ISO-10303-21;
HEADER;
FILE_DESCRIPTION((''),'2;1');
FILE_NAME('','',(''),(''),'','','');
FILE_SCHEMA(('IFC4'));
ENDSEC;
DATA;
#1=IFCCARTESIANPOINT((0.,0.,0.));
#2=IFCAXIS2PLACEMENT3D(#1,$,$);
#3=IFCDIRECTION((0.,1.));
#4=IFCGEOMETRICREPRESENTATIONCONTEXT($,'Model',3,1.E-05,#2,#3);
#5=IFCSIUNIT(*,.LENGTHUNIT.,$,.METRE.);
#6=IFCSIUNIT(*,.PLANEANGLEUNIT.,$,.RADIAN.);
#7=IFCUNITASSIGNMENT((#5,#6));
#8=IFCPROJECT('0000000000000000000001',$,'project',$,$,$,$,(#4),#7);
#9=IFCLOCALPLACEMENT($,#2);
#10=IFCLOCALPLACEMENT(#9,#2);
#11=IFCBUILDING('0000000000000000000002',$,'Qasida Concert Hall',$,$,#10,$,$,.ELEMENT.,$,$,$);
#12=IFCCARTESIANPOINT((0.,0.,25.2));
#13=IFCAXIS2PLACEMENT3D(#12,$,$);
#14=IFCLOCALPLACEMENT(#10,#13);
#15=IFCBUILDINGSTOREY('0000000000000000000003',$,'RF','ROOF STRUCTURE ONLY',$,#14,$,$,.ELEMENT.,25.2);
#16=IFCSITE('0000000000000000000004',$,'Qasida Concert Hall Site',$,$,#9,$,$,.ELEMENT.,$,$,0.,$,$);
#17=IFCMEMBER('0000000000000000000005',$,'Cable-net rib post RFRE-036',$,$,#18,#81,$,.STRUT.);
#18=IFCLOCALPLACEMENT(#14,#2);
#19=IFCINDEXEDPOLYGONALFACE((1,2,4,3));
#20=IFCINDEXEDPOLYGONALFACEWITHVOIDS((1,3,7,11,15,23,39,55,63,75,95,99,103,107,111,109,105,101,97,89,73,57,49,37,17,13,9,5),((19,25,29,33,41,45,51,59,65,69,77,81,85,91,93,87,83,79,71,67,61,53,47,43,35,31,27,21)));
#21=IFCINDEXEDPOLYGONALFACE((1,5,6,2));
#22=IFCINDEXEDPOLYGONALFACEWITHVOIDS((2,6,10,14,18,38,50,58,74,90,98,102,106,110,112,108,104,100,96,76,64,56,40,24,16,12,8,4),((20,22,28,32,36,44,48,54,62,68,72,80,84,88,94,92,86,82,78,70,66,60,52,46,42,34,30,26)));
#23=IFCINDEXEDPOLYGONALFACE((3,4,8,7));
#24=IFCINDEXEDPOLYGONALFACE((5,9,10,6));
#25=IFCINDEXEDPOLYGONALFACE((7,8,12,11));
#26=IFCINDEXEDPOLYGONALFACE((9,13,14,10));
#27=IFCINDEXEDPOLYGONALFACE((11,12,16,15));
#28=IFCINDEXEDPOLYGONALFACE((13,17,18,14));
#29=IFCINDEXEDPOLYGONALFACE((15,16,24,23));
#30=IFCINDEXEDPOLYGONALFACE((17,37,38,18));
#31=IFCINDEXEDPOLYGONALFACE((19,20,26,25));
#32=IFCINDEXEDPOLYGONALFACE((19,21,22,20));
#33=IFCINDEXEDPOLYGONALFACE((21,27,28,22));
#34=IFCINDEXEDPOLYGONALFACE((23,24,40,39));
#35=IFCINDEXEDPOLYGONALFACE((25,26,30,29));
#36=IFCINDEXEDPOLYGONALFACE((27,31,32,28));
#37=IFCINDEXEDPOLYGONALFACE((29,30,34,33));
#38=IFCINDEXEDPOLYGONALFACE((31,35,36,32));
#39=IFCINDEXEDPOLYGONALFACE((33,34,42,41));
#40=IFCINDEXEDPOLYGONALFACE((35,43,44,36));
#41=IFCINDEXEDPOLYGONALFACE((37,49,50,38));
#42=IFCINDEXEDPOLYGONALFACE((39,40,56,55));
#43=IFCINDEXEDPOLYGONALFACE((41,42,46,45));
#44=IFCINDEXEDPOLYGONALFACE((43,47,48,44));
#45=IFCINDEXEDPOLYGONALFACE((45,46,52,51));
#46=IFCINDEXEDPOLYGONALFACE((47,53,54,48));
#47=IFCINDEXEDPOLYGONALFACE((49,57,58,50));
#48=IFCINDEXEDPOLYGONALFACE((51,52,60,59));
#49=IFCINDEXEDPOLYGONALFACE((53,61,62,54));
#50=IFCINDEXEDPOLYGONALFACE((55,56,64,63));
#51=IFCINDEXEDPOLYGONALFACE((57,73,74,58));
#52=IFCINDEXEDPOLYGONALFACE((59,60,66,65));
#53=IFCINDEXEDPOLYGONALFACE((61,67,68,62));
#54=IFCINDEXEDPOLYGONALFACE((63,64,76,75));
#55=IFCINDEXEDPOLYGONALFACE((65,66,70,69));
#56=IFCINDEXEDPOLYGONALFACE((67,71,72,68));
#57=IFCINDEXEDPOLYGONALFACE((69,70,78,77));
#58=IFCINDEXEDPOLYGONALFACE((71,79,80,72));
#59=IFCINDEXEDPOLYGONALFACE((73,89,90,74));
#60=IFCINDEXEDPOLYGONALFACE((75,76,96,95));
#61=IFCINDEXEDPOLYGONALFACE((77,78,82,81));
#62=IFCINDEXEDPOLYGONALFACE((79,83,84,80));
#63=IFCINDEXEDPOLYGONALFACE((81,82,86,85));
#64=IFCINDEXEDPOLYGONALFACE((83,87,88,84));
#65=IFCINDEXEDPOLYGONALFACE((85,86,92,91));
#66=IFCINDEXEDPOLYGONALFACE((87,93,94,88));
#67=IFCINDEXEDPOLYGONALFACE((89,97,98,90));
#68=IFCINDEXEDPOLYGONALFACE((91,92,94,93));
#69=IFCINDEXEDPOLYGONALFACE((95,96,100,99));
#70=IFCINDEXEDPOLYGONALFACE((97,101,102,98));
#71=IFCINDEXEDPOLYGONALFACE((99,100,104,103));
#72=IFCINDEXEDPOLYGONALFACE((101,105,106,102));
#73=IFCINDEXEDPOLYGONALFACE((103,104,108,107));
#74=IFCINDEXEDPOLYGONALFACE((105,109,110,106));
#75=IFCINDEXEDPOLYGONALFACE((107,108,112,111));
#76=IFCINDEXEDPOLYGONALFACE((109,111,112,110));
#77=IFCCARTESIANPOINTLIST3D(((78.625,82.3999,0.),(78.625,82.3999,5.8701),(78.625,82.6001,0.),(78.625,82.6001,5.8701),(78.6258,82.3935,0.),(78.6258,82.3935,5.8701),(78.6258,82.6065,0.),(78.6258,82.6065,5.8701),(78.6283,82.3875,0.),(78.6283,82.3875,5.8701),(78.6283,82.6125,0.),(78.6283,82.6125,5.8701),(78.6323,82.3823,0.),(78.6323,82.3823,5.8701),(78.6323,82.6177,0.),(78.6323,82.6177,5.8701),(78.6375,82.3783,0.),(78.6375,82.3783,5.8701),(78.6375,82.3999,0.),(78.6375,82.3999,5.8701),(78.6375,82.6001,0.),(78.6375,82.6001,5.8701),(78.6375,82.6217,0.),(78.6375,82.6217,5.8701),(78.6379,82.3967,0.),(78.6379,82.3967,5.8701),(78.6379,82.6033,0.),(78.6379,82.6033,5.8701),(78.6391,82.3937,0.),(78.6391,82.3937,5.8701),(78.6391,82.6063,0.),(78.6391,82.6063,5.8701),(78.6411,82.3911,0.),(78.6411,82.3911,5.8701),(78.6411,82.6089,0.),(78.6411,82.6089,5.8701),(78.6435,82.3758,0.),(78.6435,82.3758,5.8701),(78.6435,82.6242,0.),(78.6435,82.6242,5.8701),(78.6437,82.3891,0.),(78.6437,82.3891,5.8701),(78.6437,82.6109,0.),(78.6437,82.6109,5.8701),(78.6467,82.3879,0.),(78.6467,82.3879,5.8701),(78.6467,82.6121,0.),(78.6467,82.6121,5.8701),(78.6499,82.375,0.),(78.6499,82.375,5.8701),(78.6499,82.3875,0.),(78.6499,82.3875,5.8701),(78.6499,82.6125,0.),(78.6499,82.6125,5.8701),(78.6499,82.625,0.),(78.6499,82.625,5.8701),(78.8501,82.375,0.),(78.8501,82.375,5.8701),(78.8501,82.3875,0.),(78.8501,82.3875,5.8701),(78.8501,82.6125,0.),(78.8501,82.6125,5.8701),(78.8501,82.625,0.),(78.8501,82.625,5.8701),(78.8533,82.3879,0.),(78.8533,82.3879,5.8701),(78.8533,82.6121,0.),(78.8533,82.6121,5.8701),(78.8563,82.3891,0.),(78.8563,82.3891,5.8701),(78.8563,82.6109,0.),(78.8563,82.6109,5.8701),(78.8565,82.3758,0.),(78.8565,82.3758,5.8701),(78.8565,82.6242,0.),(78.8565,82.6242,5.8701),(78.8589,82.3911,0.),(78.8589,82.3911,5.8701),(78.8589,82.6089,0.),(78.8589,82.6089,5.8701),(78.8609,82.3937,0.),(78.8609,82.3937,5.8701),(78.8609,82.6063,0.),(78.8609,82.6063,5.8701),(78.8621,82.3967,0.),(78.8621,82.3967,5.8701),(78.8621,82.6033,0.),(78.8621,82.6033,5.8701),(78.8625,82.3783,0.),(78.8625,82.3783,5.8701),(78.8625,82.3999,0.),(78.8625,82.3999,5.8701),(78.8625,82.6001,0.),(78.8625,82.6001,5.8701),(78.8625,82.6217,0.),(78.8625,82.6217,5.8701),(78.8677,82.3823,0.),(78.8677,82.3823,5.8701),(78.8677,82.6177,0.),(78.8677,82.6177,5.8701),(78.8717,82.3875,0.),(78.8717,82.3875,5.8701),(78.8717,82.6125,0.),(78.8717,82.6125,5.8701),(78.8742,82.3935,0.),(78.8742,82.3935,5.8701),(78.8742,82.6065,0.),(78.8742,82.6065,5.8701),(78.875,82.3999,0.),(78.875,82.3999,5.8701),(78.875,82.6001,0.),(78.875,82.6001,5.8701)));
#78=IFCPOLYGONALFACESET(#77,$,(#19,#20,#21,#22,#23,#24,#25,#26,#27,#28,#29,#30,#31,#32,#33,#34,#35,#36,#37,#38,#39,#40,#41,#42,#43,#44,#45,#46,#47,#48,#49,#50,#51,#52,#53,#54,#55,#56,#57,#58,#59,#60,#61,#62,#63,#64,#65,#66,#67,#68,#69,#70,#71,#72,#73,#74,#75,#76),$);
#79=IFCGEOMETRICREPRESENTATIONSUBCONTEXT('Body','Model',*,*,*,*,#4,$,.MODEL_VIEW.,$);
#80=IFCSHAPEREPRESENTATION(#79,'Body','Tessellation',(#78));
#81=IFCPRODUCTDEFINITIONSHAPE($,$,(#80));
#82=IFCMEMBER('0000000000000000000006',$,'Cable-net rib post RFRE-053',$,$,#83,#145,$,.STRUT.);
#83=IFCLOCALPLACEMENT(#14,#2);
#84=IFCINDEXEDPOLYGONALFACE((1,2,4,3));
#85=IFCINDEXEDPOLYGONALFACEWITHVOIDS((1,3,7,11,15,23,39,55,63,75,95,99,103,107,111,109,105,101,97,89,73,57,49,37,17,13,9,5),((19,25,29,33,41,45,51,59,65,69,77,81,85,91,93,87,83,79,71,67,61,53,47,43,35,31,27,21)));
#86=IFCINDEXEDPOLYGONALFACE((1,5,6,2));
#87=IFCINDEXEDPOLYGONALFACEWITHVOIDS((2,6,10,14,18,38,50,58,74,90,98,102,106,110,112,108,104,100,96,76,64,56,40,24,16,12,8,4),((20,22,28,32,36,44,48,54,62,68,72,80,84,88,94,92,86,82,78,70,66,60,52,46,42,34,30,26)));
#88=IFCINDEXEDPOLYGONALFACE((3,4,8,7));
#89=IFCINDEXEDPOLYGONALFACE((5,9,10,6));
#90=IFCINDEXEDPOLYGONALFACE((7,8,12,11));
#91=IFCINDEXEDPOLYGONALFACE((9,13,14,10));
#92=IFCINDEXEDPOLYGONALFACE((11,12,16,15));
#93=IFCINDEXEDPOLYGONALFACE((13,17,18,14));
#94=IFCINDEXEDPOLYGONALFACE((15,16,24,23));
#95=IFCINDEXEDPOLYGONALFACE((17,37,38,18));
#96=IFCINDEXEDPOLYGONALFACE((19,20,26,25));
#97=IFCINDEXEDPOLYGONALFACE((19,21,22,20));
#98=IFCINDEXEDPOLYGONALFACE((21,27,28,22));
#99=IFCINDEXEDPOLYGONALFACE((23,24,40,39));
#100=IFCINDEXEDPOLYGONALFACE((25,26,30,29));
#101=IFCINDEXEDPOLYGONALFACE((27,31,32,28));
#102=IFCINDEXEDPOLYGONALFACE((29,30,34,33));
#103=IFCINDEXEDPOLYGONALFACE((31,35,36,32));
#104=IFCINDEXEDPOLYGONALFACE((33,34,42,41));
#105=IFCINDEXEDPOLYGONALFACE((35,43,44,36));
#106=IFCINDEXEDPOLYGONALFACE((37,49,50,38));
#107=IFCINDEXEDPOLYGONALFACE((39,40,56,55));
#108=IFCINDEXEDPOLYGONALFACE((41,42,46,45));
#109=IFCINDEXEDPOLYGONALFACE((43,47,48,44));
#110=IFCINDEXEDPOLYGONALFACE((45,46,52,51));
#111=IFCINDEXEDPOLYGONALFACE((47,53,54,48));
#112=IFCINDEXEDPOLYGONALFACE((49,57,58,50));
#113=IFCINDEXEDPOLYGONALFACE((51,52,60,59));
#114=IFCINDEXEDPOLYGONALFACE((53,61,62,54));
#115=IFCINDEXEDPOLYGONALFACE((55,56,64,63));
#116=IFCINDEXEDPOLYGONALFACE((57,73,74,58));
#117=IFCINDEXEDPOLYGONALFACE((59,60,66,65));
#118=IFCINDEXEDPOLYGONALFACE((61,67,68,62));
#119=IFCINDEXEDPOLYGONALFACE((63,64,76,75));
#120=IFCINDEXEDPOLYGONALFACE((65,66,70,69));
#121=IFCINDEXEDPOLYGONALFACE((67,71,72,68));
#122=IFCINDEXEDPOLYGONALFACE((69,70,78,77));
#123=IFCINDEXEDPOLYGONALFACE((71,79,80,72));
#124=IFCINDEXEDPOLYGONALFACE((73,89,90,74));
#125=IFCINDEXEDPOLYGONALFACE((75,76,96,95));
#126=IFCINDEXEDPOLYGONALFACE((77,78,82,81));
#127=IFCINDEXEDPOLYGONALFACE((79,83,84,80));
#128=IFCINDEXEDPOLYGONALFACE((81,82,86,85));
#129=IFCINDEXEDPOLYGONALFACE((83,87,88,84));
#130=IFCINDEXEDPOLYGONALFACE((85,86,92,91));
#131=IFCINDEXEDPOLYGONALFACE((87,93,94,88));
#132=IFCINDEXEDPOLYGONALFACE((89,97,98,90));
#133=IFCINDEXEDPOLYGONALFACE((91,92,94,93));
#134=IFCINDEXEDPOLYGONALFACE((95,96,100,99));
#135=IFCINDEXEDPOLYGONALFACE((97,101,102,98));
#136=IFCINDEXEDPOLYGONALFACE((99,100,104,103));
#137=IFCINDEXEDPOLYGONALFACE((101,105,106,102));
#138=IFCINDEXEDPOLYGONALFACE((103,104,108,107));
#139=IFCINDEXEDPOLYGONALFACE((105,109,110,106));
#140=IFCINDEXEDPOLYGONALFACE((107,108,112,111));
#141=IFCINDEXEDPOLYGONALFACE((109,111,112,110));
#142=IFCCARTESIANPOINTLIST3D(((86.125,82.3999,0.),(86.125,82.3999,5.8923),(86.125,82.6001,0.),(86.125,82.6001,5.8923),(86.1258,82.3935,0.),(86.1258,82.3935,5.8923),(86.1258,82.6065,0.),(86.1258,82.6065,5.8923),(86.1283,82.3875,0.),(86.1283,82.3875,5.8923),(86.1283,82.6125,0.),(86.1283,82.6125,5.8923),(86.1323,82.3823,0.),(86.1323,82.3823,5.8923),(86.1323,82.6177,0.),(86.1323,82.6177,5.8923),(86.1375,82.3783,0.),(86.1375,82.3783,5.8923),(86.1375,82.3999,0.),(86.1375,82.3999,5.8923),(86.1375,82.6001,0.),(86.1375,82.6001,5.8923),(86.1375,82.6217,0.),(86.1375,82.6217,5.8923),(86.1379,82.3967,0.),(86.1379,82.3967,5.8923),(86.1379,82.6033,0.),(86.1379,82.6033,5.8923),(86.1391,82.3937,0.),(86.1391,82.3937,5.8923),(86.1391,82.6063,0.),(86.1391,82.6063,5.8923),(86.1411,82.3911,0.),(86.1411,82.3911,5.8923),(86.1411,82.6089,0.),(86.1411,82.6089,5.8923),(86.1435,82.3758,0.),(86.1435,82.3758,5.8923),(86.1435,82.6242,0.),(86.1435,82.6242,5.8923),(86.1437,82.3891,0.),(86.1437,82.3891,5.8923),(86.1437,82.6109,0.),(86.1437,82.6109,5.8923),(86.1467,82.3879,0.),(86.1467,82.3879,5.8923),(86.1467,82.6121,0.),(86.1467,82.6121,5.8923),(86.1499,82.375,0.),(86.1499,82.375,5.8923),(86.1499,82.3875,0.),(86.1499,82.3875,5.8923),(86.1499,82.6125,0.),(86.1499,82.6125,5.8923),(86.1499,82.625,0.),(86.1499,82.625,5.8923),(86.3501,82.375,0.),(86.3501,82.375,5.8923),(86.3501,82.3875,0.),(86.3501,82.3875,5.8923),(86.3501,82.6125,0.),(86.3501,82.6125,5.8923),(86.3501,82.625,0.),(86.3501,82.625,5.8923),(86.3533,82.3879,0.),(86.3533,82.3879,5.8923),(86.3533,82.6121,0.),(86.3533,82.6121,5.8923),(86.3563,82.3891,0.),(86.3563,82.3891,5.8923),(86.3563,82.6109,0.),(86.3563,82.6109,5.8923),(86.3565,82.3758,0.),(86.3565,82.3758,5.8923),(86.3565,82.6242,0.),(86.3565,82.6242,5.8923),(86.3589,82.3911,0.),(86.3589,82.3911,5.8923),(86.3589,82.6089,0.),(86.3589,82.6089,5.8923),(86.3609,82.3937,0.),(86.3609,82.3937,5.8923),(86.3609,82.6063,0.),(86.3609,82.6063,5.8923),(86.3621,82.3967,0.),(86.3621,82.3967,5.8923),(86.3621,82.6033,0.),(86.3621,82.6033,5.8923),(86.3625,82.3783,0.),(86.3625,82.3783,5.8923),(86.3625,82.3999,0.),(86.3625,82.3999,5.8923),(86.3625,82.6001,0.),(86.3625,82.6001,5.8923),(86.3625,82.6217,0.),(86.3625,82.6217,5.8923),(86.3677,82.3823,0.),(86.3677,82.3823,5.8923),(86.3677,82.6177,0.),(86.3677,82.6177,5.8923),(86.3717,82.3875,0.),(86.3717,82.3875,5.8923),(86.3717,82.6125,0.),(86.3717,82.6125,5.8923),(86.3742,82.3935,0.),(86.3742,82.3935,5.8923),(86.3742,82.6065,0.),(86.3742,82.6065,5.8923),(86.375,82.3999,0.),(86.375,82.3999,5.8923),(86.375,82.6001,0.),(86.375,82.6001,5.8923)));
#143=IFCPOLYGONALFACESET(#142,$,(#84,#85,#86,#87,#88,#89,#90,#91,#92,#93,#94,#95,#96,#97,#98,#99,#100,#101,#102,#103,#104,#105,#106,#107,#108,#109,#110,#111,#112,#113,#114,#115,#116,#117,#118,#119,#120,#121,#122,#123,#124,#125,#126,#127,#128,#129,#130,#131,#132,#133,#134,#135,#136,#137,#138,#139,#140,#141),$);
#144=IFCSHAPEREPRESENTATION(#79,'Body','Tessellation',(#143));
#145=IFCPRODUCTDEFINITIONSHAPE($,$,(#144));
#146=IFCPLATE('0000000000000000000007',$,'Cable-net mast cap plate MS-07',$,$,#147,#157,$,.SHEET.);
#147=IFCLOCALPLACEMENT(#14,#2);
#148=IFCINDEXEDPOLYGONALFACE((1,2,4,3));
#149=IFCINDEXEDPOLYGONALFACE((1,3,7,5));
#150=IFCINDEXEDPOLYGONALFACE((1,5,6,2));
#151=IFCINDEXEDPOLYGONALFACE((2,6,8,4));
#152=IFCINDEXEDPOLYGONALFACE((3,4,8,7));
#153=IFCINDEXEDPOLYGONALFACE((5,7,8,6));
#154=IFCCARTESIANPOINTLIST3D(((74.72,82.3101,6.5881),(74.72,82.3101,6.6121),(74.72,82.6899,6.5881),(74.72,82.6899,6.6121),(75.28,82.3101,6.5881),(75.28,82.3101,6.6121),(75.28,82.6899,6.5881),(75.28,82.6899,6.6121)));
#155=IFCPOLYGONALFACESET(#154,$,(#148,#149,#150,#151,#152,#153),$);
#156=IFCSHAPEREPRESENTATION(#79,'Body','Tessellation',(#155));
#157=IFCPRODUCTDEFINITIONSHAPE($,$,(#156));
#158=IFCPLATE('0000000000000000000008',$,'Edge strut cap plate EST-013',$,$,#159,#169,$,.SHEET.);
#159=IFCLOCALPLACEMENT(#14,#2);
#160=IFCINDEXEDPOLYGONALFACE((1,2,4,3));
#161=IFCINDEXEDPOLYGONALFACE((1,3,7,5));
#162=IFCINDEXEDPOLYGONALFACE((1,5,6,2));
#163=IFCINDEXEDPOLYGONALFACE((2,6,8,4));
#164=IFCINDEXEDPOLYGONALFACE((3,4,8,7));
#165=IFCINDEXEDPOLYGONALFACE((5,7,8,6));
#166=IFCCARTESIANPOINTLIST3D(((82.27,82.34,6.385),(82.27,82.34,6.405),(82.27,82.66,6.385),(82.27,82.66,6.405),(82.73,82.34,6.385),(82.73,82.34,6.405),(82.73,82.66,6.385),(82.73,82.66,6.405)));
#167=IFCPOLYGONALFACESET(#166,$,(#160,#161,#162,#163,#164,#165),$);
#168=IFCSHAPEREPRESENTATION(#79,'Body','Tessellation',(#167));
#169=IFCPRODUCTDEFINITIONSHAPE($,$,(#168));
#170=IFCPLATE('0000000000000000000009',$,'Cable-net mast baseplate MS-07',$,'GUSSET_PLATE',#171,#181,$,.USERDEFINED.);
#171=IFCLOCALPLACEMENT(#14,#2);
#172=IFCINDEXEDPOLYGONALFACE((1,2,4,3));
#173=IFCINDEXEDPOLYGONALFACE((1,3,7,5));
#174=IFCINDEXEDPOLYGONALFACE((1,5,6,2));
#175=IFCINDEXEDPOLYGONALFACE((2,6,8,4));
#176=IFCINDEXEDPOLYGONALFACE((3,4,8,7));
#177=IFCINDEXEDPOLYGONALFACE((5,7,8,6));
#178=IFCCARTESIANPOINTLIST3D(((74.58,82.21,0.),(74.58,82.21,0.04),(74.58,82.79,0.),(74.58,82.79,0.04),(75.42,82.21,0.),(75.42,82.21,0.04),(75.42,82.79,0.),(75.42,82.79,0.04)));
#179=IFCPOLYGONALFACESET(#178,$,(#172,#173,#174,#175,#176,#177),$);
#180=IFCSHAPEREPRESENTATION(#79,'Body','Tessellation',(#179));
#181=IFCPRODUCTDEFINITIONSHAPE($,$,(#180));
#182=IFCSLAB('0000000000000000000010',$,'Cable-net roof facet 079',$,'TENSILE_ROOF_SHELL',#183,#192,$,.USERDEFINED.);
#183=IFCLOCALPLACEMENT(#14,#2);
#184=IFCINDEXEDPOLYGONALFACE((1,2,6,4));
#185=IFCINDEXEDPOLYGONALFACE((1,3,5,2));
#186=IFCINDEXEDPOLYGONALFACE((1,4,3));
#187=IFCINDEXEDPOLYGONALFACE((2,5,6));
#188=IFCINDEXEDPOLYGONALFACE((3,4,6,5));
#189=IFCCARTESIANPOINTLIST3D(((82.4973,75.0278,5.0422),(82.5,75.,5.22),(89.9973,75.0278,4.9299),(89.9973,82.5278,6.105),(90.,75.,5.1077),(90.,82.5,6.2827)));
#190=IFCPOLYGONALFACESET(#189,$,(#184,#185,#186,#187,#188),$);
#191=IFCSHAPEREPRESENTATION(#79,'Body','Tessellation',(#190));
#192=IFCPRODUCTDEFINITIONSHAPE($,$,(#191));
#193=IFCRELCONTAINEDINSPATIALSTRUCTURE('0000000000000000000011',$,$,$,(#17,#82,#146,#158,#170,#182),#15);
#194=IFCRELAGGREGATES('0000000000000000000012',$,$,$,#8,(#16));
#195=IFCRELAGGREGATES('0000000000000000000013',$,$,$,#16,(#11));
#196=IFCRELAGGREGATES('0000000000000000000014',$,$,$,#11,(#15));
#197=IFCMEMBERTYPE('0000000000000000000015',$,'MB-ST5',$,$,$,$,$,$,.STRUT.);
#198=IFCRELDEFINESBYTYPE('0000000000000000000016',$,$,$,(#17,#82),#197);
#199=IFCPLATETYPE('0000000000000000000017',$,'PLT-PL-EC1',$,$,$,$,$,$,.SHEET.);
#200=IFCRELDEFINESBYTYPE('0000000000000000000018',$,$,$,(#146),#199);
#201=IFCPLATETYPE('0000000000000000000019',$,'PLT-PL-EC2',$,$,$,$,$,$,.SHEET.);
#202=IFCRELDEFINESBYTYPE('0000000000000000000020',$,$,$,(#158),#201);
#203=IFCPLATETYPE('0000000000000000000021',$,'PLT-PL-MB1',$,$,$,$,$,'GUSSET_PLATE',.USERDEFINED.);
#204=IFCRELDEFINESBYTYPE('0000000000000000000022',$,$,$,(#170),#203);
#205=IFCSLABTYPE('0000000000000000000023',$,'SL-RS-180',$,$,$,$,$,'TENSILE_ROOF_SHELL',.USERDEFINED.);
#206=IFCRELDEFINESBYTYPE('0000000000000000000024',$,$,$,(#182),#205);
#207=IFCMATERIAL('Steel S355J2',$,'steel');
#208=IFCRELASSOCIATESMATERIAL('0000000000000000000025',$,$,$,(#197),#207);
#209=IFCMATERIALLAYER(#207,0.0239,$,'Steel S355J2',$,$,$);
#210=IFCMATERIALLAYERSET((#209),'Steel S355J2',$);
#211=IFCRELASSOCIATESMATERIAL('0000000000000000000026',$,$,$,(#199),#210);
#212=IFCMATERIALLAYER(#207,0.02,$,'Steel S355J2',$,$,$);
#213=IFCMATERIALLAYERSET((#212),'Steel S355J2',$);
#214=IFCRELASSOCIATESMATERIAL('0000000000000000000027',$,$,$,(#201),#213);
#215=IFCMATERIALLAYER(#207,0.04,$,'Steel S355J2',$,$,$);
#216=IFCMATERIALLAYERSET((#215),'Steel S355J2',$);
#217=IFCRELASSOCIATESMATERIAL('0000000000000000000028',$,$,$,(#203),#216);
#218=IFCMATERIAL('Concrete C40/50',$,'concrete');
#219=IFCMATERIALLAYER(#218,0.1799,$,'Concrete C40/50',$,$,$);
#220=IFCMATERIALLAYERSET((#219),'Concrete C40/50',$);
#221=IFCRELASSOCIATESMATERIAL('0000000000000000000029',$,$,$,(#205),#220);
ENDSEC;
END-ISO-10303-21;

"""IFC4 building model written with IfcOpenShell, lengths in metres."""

from ifc_helpers import new_model, si_unit, direction, frame, origin, origin_2d, place, context, subcontext, project, spatial, polyline, rectangle, hollow_rectangle, outline, extrude, material, layer, layer_set, material_profile, profile_set, type_object, element, save


model = new_model("IFC4")

# Units and contexts
model_context = context("Model", 3, precision=1e-05, world=origin(), true_north=direction((0.0, 1.0)))
body_context = subcontext(model_context, "Body", "Model", "MODEL_VIEW")
ifc_project = project(units=[si_unit("LENGTHUNIT", "METRE"), si_unit("PLANEANGLEUNIT", "RADIAN")], contexts=[model_context])

# Site, building, storey
site_placement = place(None, origin())
site = spatial("IfcSite", under=ifc_project, at=site_placement, Name="Qasida Concert Hall Site", CompositionType="ELEMENT", RefElevation=0.0)
building_placement = place(site_placement, origin())
building = spatial("IfcBuilding", under=site, at=building_placement, Name="Qasida Concert Hall", CompositionType="ELEMENT")
storey_placement = place(building_placement, frame((0.0, 0.0, 25.2)))
storey = spatial("IfcBuildingStorey", under=building, at=storey_placement, Name="RF", Description="ROOF STRUCTURE ONLY", CompositionType="ELEMENT", Elevation=25.2)

# Members
ifc_material_1 = material(Name="Steel S355J2", Category="steel")
ifc_material_profile_1 = material_profile(ifc_material_1, hollow_rectangle(XDim=0.25, YDim=0.25, WallThickness=0.0125, InnerFilletRadius=0.0125, OuterFilletRadius=0.0249, at=origin_2d()), Name="SHS 250x250x12.5")
ifc_profile_set_1 = profile_set([ifc_material_profile_1], Name="Steel S355J2")
member_type_1 = type_object("IfcMemberType", Name="MB-ST5", PredefinedType="STRUT", material=ifc_profile_set_1)
member_1_placement = place(storey_placement, frame((78.75, 82.5, 0.0), z_axis=(0.0, 0.0, 1.0), x_axis=(1.0, 0.0, 0.0)))
element("IfcMember", 1, at=member_1_placement, inside=storey, type_object=member_type_1, Name="Cable-net rib post RFRE-036", PredefinedType="STRUT", context=body_context, shape_type="SweptSolid", body=[
    extrude(hollow_rectangle(XDim=0.25, YDim=0.25, WallThickness=0.0125, InnerFilletRadius=0.0125, OuterFilletRadius=0.0249, at=origin_2d()), origin(), (0.0, 0.0, 1.0), 5.8701),
])
member_2_placement = place(storey_placement, frame((86.25, 82.5, 0.0), z_axis=(0.0, 0.0, 1.0), x_axis=(1.0, 0.0, 0.0)))
element("IfcMember", 2, at=member_2_placement, inside=storey, type_object=member_type_1, Name="Cable-net rib post RFRE-053", PredefinedType="STRUT", context=body_context, shape_type="SweptSolid", body=[
    extrude(hollow_rectangle(XDim=0.25, YDim=0.25, WallThickness=0.0125, InnerFilletRadius=0.0125, OuterFilletRadius=0.0249, at=origin_2d()), origin(), (0.0, 0.0, 1.0), 5.8923),
])

# Plates
ifc_layer_1 = layer(ifc_material_1, 0.0239, Name="Steel S355J2")
ifc_layer_set_1 = layer_set([ifc_layer_1], Name="Steel S355J2")
plate_type_1 = type_object("IfcPlateType", Name="PLT-PL-EC1", PredefinedType="SHEET", material=ifc_layer_set_1)
plate_1_placement = place(storey_placement, frame((75.0, 82.5, 6.5881), z_axis=(0.0, 0.0, 1.0), x_axis=(1.0, 0.0, 0.0)))
element("IfcPlate", 3, at=plate_1_placement, inside=storey, type_object=plate_type_1, Name="Cable-net mast cap plate MS-07", PredefinedType="SHEET", context=body_context, shape_type="SweptSolid", body=[
    extrude(rectangle(XDim=0.5601, YDim=0.3799, at=origin_2d()), origin(), (0.0, 0.0, 1.0), 0.0239),
])
ifc_layer_2 = layer(ifc_material_1, 0.02, Name="Steel S355J2")
ifc_layer_set_2 = layer_set([ifc_layer_2], Name="Steel S355J2")
plate_type_2 = type_object("IfcPlateType", Name="PLT-PL-EC2", PredefinedType="SHEET", material=ifc_layer_set_2)
plate_2_placement = place(storey_placement, frame((82.5, 82.5, 6.385), z_axis=(0.0, 0.0, 1.0), x_axis=(1.0, 0.0, 0.0)))
element("IfcPlate", 4, at=plate_2_placement, inside=storey, type_object=plate_type_2, Name="Edge strut cap plate EST-013", PredefinedType="SHEET", context=body_context, shape_type="SweptSolid", body=[
    extrude(rectangle(XDim=0.46, YDim=0.3201, at=origin_2d()), origin(), (0.0, 0.0, 1.0), 0.02),
])
ifc_layer_3 = layer(ifc_material_1, 0.04, Name="Steel S355J2")
ifc_layer_set_3 = layer_set([ifc_layer_3], Name="Steel S355J2")
plate_type_3 = type_object("IfcPlateType", Name="PLT-PL-MB1", ElementType="GUSSET_PLATE", PredefinedType="USERDEFINED", material=ifc_layer_set_3)
plate_3_placement = place(storey_placement, frame((75.0, 82.5, 0.0), z_axis=(0.0, 0.0, 1.0), x_axis=(1.0, 0.0, 0.0)))
element("IfcPlate", 5, at=plate_3_placement, inside=storey, type_object=plate_type_3, Name="Cable-net mast baseplate MS-07", ObjectType="GUSSET_PLATE", PredefinedType="USERDEFINED", context=body_context, shape_type="SweptSolid", body=[
    extrude(rectangle(XDim=0.8401, YDim=0.5801, at=origin_2d()), origin(), (0.0, 0.0, 1.0), 0.04),
])

# Slab
ifc_material_2 = material(Name="Concrete C40/50", Category="concrete")
ifc_layer_4 = layer(ifc_material_2, 0.1799, Name="Concrete C40/50")
ifc_layer_set_4 = layer_set([ifc_layer_4], Name="Concrete C40/50")
slab_type = type_object("IfcSlabType", Name="SL-RS-180", ElementType="TENSILE_ROOF_SHELL", PredefinedType="USERDEFINED", material=ifc_layer_set_4)
slab_1_placement = place(storey_placement, frame((82.5, 75.0, 5.22), z_axis=(0.014792, -0.154768, 0.98784), x_axis=(0.999888, 0.0, -0.014972)))
element("IfcSlab", 6, at=slab_1_placement, inside=storey, type_object=slab_type, Name="Cable-net roof facet 079", ObjectType="TENSILE_ROOF_SHELL", PredefinedType="USERDEFINED", context=body_context, shape_type="SweptSolid", body=[
    extrude(outline(polyline([(0.0, 0.0), (7.5008, 0.0), (7.4832, 7.5915), (0.0, 0.0)])), origin(), (0.0, 0.0, -1.0), 0.1799),
])

save(model, "model.ifc")
